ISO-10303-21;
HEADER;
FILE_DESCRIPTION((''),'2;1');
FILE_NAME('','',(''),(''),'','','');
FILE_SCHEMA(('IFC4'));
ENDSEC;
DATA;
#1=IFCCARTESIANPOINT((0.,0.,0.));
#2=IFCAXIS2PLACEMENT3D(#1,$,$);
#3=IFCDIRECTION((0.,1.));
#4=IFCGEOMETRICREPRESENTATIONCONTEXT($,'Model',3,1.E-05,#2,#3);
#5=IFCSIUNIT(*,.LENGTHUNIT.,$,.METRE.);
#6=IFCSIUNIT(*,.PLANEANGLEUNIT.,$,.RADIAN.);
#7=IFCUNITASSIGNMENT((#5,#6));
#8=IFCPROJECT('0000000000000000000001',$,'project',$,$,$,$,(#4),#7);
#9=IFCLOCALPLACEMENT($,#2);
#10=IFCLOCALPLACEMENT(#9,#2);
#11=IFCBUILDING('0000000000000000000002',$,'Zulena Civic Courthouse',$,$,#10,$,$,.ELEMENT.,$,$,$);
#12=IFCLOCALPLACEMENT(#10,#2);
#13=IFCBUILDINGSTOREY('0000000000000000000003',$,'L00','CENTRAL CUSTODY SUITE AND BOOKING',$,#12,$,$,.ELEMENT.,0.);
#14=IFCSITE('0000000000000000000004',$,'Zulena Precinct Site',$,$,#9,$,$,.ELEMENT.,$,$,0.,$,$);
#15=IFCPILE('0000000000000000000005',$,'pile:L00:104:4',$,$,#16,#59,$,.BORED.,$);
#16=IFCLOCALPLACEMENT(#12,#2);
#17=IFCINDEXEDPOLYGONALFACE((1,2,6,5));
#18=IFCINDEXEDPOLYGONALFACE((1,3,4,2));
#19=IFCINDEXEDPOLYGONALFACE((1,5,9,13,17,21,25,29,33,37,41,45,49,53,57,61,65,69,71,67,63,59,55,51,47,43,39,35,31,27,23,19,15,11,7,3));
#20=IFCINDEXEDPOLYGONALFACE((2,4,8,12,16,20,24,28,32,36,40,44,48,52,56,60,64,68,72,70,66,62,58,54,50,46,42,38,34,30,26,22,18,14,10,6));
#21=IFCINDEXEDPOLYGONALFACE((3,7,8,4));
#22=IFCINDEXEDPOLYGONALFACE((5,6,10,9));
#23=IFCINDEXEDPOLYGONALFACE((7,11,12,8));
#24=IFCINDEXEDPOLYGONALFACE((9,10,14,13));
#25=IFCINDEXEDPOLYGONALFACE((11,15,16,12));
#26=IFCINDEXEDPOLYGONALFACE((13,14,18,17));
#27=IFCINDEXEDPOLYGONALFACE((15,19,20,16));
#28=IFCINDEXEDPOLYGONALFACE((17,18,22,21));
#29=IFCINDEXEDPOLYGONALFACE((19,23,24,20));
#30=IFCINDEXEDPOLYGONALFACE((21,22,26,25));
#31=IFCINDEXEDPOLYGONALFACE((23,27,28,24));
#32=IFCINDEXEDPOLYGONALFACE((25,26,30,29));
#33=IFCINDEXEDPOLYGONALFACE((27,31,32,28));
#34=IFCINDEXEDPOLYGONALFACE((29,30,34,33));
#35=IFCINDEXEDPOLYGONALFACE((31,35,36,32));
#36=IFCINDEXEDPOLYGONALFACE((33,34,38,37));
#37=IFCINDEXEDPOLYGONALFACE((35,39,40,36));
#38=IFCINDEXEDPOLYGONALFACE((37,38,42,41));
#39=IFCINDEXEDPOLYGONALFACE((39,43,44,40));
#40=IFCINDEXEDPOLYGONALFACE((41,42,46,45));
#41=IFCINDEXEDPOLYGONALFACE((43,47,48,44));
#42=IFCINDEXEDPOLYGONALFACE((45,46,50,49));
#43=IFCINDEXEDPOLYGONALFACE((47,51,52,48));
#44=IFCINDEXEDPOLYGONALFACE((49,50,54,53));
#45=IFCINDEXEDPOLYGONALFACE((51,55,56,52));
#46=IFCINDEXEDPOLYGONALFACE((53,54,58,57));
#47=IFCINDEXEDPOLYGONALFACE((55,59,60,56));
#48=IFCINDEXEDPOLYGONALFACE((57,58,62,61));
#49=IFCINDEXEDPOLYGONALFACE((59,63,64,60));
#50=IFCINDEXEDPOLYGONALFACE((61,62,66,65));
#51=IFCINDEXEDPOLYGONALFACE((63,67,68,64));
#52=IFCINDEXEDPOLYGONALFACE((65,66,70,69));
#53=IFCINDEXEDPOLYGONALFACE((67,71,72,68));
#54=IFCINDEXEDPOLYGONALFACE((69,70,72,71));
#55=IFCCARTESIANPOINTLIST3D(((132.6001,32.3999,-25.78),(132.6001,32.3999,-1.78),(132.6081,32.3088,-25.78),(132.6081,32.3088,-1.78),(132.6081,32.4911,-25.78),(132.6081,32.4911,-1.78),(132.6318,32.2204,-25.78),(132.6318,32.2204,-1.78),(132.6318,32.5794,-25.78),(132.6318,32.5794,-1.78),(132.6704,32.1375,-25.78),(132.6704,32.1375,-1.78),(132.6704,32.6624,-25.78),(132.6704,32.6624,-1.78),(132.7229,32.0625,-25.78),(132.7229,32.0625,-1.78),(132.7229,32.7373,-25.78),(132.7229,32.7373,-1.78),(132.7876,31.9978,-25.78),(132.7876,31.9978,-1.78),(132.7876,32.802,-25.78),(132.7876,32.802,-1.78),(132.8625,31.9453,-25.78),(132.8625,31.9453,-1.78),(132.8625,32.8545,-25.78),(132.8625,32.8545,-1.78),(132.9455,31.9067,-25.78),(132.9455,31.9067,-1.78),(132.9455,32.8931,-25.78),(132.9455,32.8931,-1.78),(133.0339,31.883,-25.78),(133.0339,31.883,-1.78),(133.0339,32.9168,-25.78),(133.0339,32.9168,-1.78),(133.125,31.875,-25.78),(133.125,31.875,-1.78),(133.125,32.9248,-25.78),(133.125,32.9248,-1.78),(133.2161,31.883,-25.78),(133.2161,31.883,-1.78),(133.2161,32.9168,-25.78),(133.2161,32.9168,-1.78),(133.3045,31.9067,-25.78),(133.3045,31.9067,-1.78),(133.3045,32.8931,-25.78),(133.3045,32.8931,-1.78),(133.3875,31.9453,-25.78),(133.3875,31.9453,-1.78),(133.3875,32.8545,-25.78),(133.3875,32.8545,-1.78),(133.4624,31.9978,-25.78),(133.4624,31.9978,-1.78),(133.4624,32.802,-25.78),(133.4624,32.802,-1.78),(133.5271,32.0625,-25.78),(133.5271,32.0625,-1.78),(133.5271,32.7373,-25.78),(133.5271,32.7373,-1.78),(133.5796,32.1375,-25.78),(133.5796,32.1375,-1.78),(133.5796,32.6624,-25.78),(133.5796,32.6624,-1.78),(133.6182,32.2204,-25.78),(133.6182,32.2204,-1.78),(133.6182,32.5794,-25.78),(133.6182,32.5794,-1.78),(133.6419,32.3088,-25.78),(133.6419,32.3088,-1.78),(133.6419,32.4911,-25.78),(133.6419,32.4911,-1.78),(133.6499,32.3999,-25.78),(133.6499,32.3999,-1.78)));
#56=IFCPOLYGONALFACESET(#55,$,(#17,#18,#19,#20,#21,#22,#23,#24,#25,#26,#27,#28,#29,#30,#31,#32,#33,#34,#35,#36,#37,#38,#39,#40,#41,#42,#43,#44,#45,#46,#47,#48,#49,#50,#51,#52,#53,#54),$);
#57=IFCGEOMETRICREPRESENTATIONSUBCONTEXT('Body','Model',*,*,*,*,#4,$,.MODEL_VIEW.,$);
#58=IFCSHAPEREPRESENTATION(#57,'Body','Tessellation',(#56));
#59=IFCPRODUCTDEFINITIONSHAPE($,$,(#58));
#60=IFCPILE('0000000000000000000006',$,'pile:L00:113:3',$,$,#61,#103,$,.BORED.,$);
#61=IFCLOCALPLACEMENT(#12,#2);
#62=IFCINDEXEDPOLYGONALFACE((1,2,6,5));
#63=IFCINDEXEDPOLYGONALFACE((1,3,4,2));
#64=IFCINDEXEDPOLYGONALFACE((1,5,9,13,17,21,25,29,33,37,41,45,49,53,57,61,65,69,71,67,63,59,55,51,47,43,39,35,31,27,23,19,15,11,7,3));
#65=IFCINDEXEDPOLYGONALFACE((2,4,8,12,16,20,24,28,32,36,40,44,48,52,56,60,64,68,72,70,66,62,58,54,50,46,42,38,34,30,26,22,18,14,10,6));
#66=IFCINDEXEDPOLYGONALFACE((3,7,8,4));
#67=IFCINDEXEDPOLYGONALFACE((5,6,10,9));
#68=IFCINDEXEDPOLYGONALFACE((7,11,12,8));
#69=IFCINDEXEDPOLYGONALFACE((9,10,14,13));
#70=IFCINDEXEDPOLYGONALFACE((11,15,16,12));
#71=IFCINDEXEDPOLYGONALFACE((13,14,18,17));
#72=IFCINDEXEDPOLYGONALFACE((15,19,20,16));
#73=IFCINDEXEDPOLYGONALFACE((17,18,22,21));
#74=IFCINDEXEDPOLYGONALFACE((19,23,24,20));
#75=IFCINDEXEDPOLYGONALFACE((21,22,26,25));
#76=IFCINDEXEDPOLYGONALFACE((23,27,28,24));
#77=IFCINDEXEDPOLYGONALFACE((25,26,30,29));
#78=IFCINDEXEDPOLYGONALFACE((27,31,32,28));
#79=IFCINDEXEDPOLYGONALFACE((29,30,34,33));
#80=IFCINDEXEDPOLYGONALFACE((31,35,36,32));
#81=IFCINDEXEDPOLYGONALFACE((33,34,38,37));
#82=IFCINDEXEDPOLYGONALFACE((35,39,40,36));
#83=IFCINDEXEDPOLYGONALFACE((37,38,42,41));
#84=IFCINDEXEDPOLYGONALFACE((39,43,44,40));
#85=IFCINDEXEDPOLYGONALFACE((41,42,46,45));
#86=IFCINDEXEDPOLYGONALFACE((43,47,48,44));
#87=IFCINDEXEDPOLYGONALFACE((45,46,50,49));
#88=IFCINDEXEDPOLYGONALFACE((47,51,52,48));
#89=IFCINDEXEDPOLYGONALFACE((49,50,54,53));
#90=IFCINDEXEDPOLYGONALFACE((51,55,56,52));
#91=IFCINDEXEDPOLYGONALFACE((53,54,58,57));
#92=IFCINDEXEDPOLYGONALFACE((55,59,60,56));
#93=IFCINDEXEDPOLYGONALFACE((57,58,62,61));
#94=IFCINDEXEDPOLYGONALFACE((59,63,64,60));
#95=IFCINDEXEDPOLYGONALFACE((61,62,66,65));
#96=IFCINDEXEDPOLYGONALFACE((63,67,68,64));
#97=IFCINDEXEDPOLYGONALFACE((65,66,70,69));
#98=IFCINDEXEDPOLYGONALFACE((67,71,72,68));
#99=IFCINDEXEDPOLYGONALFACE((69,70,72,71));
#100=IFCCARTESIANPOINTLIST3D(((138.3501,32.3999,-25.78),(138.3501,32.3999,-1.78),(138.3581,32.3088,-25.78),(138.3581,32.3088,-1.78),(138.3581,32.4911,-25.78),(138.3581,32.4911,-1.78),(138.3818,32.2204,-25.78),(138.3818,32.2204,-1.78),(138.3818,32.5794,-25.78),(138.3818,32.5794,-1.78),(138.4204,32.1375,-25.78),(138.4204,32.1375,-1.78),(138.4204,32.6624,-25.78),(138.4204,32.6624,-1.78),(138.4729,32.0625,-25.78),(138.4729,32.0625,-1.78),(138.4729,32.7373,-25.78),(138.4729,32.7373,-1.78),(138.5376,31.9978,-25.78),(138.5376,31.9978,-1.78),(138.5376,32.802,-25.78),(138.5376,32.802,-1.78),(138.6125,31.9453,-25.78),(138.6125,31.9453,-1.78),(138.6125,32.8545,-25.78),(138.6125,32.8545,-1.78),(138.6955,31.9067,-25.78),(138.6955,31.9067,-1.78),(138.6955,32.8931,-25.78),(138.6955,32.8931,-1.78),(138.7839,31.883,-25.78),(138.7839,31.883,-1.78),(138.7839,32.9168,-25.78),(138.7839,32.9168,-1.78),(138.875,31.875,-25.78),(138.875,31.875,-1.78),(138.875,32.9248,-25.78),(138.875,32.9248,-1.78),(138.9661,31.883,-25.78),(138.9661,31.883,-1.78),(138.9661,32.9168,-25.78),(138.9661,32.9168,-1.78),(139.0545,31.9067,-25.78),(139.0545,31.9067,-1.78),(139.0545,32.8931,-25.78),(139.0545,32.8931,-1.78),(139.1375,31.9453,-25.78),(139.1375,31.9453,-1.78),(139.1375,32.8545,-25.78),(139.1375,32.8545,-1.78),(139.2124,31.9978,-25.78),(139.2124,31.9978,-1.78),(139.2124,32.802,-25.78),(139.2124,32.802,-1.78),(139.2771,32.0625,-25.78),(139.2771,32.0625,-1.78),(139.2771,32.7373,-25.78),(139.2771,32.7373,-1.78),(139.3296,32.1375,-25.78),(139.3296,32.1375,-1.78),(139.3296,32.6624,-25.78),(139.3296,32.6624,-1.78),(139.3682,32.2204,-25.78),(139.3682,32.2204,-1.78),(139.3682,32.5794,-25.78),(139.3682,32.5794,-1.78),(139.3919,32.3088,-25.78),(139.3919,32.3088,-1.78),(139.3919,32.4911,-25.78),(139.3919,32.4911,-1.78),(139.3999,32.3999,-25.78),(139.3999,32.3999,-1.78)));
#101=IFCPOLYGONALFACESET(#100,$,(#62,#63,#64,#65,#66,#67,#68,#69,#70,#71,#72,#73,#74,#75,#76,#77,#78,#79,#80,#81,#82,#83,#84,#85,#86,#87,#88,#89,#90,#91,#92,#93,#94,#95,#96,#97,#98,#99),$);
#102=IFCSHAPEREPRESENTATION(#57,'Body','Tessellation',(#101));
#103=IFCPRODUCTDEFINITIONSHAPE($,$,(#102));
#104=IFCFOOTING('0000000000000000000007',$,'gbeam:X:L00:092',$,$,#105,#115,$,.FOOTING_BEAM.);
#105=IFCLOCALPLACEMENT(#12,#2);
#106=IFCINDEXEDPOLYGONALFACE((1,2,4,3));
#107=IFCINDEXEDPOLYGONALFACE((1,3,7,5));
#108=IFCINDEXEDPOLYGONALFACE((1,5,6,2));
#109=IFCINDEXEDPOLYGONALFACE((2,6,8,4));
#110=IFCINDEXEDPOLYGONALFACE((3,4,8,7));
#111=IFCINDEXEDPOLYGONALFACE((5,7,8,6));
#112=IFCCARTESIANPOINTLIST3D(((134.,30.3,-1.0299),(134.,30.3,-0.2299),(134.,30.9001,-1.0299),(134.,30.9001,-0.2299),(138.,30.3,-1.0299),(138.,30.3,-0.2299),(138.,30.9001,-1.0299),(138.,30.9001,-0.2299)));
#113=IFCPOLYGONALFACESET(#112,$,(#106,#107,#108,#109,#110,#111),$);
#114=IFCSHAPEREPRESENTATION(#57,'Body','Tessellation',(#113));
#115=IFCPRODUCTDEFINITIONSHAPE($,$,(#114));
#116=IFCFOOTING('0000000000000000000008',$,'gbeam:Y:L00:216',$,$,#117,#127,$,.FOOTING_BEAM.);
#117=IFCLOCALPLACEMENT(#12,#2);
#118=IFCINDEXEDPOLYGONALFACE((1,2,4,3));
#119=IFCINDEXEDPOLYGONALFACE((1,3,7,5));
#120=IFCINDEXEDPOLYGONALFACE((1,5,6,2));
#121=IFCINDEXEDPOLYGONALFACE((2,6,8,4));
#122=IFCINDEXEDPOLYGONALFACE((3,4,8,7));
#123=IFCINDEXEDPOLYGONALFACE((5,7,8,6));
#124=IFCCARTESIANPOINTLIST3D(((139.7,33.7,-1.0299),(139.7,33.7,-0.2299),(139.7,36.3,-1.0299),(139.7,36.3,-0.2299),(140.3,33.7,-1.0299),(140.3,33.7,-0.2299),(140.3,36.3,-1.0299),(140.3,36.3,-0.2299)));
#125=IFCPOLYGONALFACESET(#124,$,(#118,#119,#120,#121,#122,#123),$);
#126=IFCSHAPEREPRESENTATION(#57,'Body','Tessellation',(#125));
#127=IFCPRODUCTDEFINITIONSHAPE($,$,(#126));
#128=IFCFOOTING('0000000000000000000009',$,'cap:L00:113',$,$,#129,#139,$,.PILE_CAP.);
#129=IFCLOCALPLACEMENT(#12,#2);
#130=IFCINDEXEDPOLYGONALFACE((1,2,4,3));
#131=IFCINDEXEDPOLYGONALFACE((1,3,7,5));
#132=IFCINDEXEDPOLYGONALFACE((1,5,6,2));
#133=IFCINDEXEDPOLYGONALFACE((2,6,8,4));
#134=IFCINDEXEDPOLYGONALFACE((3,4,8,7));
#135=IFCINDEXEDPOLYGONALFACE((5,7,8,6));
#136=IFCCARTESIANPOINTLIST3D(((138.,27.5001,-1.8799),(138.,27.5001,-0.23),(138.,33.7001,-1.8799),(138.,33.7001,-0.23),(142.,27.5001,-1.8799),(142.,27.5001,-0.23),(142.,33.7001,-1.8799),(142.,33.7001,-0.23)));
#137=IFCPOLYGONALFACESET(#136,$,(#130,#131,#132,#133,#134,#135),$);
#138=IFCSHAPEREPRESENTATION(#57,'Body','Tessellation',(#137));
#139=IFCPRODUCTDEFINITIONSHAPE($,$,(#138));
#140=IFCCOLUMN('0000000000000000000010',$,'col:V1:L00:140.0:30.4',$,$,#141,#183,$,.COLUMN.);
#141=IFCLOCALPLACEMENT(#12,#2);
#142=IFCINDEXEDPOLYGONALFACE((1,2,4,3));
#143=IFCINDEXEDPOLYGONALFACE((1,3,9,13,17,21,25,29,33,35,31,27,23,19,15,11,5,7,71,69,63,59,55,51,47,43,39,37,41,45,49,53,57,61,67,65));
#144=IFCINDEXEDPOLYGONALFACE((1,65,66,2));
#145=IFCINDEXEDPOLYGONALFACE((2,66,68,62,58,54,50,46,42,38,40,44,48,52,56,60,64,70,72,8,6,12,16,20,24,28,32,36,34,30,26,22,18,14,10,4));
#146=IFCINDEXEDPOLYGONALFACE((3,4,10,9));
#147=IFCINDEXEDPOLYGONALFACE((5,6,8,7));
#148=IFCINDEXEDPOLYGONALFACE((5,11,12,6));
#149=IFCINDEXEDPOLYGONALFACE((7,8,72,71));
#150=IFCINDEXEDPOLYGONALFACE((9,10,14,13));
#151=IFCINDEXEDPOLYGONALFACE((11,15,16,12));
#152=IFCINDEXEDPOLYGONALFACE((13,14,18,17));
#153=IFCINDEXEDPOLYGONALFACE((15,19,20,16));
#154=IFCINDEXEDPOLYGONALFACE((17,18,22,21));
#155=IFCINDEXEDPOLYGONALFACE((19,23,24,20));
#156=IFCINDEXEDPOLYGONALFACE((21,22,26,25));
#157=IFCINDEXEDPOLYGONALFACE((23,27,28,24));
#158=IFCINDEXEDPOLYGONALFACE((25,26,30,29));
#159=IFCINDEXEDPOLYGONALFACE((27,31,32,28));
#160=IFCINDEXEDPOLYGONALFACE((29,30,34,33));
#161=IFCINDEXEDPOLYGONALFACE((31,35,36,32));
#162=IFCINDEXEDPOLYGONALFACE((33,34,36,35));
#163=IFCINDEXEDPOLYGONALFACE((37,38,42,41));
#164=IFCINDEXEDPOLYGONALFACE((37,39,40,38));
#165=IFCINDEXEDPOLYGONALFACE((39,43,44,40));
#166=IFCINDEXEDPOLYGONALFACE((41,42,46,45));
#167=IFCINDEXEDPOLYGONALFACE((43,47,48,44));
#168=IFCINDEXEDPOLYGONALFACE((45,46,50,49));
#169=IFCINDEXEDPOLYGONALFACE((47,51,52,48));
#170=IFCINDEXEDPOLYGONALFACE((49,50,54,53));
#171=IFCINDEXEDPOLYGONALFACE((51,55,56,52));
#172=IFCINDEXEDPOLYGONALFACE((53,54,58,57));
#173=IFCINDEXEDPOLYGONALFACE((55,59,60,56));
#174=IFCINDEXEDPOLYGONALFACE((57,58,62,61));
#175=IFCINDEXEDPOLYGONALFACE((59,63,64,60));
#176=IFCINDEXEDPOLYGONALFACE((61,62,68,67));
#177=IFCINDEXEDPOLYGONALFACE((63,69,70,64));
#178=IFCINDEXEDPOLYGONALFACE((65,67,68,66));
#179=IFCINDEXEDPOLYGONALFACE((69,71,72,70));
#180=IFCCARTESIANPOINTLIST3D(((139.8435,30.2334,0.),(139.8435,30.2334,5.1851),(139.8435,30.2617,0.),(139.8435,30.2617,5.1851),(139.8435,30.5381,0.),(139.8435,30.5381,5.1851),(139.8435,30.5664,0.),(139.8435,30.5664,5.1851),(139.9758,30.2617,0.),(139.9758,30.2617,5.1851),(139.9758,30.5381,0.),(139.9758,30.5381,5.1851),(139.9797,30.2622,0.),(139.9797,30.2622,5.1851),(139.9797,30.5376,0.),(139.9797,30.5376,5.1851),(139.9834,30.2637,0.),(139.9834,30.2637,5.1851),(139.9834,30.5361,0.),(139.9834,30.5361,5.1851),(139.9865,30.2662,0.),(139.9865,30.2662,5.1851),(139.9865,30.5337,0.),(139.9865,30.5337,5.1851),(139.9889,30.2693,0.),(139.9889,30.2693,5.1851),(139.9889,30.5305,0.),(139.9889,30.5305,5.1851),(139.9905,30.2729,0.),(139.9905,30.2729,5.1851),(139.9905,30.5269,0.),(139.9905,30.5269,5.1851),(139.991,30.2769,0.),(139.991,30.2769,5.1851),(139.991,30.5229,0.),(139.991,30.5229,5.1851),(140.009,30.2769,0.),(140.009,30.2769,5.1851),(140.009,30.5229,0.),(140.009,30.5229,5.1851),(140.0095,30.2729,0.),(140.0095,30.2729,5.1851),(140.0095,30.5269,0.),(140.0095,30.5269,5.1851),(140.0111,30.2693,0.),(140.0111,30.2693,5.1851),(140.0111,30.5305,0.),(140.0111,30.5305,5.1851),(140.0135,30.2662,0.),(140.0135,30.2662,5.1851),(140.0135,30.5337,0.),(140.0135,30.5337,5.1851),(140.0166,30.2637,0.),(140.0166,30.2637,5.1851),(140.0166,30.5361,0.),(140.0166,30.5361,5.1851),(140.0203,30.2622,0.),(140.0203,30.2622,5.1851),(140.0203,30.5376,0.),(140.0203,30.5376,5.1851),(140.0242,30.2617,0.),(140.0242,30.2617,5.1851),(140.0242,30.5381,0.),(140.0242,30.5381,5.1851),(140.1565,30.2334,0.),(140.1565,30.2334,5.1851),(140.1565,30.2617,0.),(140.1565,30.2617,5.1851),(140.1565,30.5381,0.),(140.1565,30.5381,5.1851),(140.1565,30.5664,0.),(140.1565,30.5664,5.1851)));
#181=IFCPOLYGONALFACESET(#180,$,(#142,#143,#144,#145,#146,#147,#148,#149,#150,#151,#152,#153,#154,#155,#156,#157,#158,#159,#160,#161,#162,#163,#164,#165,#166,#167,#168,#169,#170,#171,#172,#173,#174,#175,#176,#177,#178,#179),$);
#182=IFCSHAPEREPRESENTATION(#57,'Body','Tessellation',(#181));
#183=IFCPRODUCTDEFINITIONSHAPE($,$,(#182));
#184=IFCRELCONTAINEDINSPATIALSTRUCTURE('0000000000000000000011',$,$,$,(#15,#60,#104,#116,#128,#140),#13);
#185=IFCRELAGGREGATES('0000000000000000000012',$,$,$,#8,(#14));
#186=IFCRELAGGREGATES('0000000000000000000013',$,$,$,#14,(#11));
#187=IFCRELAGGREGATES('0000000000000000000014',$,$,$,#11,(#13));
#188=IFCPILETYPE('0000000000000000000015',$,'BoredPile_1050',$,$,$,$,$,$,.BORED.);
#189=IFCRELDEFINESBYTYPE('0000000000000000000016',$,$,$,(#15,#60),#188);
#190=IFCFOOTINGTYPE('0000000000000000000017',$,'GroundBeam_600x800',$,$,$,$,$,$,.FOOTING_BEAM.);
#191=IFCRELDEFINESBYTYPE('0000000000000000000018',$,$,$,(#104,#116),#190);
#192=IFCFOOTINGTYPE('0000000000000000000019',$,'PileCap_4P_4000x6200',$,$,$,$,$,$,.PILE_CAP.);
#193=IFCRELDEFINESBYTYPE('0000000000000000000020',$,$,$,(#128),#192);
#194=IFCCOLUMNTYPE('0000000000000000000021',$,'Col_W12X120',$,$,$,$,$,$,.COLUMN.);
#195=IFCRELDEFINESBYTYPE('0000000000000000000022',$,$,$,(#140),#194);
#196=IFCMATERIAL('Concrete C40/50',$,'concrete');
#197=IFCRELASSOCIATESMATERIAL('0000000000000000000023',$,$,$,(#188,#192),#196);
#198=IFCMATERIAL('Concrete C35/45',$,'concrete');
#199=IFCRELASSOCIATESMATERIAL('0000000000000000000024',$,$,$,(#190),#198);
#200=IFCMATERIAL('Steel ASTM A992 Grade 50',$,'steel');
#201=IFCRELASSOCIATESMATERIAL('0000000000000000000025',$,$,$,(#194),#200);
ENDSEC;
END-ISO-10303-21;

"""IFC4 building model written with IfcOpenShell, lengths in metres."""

from ifc_helpers import new_model, si_unit, direction, frame, origin, origin_2d, place, context, subcontext, project, spatial, rectangle, circle, i_section, extrude, material, material_profile, profile_set, type_object, element, save


model = new_model("IFC4")

# Units and contexts
model_context = context("Model", 3, precision=1e-05, world=origin(), true_north=direction((0.0, 1.0)))
body_context = subcontext(model_context, "Body", "Model", "MODEL_VIEW")
ifc_project = project(units=[si_unit("LENGTHUNIT", "METRE"), si_unit("PLANEANGLEUNIT", "RADIAN")], contexts=[model_context])

# Site, building, storey
site_placement = place(None, origin())
site = spatial("IfcSite", under=ifc_project, at=site_placement, Name="Zulena Precinct Site", CompositionType="ELEMENT", RefElevation=0.0)
building_placement = place(site_placement, origin())
building = spatial("IfcBuilding", under=site, at=building_placement, Name="Zulena Civic Courthouse", CompositionType="ELEMENT")
storey_placement = place(building_placement, origin())
storey = spatial("IfcBuildingStorey", under=building, at=storey_placement, Name="L00", Description="CENTRAL CUSTODY SUITE AND BOOKING", CompositionType="ELEMENT", Elevation=0.0)

# Piles
ifc_material_1 = material(Name="Concrete C40/50", Category="concrete")
ifc_material_profile_1 = material_profile(ifc_material_1, circle(Radius=0.5249, at=origin_2d()), Name="PILE1050")
ifc_profile_set_1 = profile_set([ifc_material_profile_1], Name="Concrete C40/50")
pile_type = type_object("IfcPileType", Name="BoredPile_1050", PredefinedType="BORED", material=ifc_profile_set_1)
for number, where, z_axis, x_axis, name in (
    (1, (133.125, 32.3999, -1.78), (0.0, 0.0, -1.0), (1.0, 0.0, 0.0), "pile:L00:104:4"),
    (2, (138.875, 32.3999, -1.78), (0.0, 0.0, -1.0), (1.0, 0.0, 0.0), "pile:L00:113:3"),
):
    element("IfcPile", number, at=place(storey_placement, frame(where, z_axis=z_axis, x_axis=x_axis)), inside=storey, type_object=pile_type, Name=name, PredefinedType="BORED", context=body_context, shape_type="SweptSolid", body=[
        extrude(circle(Radius=0.5249, at=origin_2d()), origin(), (0.0, 0.0, 1.0), 24.0),
    ])

# Footings
ifc_material_2 = material(Name="Concrete C35/45", Category="concrete")
ifc_material_profile_2 = material_profile(ifc_material_2, rectangle(XDim=0.6001, YDim=0.8, at=origin_2d()), Name="RC600X800")
ifc_profile_set_2 = profile_set([ifc_material_profile_2], Name="Concrete C35/45")
footing_type_1 = type_object("IfcFootingType", Name="GroundBeam_600x800", PredefinedType="FOOTING_BEAM", material=ifc_profile_set_2)
footing_1_placement = place(storey_placement, frame((134.0, 30.6001, -0.6299), z_axis=(1.0, 0.0, 0.0), x_axis=(0.0, 1.0, 0.0)))
element("IfcFooting", 3, at=footing_1_placement, inside=storey, type_object=footing_type_1, Name="gbeam:X:L00:092", PredefinedType="FOOTING_BEAM", context=body_context, shape_type="SweptSolid", body=[
    extrude(rectangle(XDim=0.6001, YDim=0.8, at=origin_2d()), origin(), (0.0, 0.0, 1.0), 4.0),
])
footing_2_placement = place(storey_placement, frame((140.0, 33.7, -0.6299), z_axis=(0.0, 1.0, 0.0), x_axis=(-1.0, 0.0, 0.0)))
element("IfcFooting", 4, at=footing_2_placement, inside=storey, type_object=footing_type_1, Name="gbeam:Y:L00:216", PredefinedType="FOOTING_BEAM", context=body_context, shape_type="SweptSolid", body=[
    extrude(rectangle(XDim=0.6001, YDim=0.8, at=origin_2d()), origin(), (0.0, 0.0, 1.0), 2.6001),
])
footing_type_2 = type_object("IfcFootingType", Name="PileCap_4P_4000x6200", PredefinedType="PILE_CAP", material=ifc_material_1)
footing_3_placement = place(storey_placement, frame((140.0, 30.6001, -1.8799), z_axis=(0.0, 0.0, 1.0), x_axis=(1.0, 0.0, 0.0)))
element("IfcFooting", 5, at=footing_3_placement, inside=storey, type_object=footing_type_2, Name="cap:L00:113", PredefinedType="PILE_CAP", context=body_context, shape_type="SweptSolid", body=[
    extrude(rectangle(XDim=4.0, YDim=6.2, at=origin_2d()), origin(), (0.0, 0.0, 1.0), 1.6499),
])

# Column
ifc_material_3 = material(Name="Steel ASTM A992 Grade 50", Category="steel")
ifc_material_profile_3 = material_profile(ifc_material_3, i_section(OverallWidth=0.313, OverallDepth=0.333, WebThickness=0.0181, FlangeThickness=0.0283, FilletRadius=0.0151, at=origin_2d()), Name="W12X120")
ifc_profile_set_3 = profile_set([ifc_material_profile_3], Name="Steel ASTM A992 Grade 50")
column_type = type_object("IfcColumnType", Name="Col_W12X120", PredefinedType="COLUMN", material=ifc_profile_set_3)
for number, where, z_axis, x_axis, name in (
    (6, (140.0, 30.3999, 0.0), (0.0, 0.0, 1.0), (1.0, 0.0, 0.0), "col:V1:L00:140.0:30.4"),
):
    element("IfcColumn", number, at=place(storey_placement, frame(where, z_axis=z_axis, x_axis=x_axis)), inside=storey, type_object=column_type, Name=name, PredefinedType="COLUMN", context=body_context, shape_type="SweptSolid", body=[
        extrude(i_section(OverallWidth=0.313, OverallDepth=0.333, WebThickness=0.0181, FlangeThickness=0.0283, FilletRadius=0.0151, at=origin_2d()), origin(), (0.0, 0.0, 1.0), 5.1851),
    ])

save(model, "model.ifc")
